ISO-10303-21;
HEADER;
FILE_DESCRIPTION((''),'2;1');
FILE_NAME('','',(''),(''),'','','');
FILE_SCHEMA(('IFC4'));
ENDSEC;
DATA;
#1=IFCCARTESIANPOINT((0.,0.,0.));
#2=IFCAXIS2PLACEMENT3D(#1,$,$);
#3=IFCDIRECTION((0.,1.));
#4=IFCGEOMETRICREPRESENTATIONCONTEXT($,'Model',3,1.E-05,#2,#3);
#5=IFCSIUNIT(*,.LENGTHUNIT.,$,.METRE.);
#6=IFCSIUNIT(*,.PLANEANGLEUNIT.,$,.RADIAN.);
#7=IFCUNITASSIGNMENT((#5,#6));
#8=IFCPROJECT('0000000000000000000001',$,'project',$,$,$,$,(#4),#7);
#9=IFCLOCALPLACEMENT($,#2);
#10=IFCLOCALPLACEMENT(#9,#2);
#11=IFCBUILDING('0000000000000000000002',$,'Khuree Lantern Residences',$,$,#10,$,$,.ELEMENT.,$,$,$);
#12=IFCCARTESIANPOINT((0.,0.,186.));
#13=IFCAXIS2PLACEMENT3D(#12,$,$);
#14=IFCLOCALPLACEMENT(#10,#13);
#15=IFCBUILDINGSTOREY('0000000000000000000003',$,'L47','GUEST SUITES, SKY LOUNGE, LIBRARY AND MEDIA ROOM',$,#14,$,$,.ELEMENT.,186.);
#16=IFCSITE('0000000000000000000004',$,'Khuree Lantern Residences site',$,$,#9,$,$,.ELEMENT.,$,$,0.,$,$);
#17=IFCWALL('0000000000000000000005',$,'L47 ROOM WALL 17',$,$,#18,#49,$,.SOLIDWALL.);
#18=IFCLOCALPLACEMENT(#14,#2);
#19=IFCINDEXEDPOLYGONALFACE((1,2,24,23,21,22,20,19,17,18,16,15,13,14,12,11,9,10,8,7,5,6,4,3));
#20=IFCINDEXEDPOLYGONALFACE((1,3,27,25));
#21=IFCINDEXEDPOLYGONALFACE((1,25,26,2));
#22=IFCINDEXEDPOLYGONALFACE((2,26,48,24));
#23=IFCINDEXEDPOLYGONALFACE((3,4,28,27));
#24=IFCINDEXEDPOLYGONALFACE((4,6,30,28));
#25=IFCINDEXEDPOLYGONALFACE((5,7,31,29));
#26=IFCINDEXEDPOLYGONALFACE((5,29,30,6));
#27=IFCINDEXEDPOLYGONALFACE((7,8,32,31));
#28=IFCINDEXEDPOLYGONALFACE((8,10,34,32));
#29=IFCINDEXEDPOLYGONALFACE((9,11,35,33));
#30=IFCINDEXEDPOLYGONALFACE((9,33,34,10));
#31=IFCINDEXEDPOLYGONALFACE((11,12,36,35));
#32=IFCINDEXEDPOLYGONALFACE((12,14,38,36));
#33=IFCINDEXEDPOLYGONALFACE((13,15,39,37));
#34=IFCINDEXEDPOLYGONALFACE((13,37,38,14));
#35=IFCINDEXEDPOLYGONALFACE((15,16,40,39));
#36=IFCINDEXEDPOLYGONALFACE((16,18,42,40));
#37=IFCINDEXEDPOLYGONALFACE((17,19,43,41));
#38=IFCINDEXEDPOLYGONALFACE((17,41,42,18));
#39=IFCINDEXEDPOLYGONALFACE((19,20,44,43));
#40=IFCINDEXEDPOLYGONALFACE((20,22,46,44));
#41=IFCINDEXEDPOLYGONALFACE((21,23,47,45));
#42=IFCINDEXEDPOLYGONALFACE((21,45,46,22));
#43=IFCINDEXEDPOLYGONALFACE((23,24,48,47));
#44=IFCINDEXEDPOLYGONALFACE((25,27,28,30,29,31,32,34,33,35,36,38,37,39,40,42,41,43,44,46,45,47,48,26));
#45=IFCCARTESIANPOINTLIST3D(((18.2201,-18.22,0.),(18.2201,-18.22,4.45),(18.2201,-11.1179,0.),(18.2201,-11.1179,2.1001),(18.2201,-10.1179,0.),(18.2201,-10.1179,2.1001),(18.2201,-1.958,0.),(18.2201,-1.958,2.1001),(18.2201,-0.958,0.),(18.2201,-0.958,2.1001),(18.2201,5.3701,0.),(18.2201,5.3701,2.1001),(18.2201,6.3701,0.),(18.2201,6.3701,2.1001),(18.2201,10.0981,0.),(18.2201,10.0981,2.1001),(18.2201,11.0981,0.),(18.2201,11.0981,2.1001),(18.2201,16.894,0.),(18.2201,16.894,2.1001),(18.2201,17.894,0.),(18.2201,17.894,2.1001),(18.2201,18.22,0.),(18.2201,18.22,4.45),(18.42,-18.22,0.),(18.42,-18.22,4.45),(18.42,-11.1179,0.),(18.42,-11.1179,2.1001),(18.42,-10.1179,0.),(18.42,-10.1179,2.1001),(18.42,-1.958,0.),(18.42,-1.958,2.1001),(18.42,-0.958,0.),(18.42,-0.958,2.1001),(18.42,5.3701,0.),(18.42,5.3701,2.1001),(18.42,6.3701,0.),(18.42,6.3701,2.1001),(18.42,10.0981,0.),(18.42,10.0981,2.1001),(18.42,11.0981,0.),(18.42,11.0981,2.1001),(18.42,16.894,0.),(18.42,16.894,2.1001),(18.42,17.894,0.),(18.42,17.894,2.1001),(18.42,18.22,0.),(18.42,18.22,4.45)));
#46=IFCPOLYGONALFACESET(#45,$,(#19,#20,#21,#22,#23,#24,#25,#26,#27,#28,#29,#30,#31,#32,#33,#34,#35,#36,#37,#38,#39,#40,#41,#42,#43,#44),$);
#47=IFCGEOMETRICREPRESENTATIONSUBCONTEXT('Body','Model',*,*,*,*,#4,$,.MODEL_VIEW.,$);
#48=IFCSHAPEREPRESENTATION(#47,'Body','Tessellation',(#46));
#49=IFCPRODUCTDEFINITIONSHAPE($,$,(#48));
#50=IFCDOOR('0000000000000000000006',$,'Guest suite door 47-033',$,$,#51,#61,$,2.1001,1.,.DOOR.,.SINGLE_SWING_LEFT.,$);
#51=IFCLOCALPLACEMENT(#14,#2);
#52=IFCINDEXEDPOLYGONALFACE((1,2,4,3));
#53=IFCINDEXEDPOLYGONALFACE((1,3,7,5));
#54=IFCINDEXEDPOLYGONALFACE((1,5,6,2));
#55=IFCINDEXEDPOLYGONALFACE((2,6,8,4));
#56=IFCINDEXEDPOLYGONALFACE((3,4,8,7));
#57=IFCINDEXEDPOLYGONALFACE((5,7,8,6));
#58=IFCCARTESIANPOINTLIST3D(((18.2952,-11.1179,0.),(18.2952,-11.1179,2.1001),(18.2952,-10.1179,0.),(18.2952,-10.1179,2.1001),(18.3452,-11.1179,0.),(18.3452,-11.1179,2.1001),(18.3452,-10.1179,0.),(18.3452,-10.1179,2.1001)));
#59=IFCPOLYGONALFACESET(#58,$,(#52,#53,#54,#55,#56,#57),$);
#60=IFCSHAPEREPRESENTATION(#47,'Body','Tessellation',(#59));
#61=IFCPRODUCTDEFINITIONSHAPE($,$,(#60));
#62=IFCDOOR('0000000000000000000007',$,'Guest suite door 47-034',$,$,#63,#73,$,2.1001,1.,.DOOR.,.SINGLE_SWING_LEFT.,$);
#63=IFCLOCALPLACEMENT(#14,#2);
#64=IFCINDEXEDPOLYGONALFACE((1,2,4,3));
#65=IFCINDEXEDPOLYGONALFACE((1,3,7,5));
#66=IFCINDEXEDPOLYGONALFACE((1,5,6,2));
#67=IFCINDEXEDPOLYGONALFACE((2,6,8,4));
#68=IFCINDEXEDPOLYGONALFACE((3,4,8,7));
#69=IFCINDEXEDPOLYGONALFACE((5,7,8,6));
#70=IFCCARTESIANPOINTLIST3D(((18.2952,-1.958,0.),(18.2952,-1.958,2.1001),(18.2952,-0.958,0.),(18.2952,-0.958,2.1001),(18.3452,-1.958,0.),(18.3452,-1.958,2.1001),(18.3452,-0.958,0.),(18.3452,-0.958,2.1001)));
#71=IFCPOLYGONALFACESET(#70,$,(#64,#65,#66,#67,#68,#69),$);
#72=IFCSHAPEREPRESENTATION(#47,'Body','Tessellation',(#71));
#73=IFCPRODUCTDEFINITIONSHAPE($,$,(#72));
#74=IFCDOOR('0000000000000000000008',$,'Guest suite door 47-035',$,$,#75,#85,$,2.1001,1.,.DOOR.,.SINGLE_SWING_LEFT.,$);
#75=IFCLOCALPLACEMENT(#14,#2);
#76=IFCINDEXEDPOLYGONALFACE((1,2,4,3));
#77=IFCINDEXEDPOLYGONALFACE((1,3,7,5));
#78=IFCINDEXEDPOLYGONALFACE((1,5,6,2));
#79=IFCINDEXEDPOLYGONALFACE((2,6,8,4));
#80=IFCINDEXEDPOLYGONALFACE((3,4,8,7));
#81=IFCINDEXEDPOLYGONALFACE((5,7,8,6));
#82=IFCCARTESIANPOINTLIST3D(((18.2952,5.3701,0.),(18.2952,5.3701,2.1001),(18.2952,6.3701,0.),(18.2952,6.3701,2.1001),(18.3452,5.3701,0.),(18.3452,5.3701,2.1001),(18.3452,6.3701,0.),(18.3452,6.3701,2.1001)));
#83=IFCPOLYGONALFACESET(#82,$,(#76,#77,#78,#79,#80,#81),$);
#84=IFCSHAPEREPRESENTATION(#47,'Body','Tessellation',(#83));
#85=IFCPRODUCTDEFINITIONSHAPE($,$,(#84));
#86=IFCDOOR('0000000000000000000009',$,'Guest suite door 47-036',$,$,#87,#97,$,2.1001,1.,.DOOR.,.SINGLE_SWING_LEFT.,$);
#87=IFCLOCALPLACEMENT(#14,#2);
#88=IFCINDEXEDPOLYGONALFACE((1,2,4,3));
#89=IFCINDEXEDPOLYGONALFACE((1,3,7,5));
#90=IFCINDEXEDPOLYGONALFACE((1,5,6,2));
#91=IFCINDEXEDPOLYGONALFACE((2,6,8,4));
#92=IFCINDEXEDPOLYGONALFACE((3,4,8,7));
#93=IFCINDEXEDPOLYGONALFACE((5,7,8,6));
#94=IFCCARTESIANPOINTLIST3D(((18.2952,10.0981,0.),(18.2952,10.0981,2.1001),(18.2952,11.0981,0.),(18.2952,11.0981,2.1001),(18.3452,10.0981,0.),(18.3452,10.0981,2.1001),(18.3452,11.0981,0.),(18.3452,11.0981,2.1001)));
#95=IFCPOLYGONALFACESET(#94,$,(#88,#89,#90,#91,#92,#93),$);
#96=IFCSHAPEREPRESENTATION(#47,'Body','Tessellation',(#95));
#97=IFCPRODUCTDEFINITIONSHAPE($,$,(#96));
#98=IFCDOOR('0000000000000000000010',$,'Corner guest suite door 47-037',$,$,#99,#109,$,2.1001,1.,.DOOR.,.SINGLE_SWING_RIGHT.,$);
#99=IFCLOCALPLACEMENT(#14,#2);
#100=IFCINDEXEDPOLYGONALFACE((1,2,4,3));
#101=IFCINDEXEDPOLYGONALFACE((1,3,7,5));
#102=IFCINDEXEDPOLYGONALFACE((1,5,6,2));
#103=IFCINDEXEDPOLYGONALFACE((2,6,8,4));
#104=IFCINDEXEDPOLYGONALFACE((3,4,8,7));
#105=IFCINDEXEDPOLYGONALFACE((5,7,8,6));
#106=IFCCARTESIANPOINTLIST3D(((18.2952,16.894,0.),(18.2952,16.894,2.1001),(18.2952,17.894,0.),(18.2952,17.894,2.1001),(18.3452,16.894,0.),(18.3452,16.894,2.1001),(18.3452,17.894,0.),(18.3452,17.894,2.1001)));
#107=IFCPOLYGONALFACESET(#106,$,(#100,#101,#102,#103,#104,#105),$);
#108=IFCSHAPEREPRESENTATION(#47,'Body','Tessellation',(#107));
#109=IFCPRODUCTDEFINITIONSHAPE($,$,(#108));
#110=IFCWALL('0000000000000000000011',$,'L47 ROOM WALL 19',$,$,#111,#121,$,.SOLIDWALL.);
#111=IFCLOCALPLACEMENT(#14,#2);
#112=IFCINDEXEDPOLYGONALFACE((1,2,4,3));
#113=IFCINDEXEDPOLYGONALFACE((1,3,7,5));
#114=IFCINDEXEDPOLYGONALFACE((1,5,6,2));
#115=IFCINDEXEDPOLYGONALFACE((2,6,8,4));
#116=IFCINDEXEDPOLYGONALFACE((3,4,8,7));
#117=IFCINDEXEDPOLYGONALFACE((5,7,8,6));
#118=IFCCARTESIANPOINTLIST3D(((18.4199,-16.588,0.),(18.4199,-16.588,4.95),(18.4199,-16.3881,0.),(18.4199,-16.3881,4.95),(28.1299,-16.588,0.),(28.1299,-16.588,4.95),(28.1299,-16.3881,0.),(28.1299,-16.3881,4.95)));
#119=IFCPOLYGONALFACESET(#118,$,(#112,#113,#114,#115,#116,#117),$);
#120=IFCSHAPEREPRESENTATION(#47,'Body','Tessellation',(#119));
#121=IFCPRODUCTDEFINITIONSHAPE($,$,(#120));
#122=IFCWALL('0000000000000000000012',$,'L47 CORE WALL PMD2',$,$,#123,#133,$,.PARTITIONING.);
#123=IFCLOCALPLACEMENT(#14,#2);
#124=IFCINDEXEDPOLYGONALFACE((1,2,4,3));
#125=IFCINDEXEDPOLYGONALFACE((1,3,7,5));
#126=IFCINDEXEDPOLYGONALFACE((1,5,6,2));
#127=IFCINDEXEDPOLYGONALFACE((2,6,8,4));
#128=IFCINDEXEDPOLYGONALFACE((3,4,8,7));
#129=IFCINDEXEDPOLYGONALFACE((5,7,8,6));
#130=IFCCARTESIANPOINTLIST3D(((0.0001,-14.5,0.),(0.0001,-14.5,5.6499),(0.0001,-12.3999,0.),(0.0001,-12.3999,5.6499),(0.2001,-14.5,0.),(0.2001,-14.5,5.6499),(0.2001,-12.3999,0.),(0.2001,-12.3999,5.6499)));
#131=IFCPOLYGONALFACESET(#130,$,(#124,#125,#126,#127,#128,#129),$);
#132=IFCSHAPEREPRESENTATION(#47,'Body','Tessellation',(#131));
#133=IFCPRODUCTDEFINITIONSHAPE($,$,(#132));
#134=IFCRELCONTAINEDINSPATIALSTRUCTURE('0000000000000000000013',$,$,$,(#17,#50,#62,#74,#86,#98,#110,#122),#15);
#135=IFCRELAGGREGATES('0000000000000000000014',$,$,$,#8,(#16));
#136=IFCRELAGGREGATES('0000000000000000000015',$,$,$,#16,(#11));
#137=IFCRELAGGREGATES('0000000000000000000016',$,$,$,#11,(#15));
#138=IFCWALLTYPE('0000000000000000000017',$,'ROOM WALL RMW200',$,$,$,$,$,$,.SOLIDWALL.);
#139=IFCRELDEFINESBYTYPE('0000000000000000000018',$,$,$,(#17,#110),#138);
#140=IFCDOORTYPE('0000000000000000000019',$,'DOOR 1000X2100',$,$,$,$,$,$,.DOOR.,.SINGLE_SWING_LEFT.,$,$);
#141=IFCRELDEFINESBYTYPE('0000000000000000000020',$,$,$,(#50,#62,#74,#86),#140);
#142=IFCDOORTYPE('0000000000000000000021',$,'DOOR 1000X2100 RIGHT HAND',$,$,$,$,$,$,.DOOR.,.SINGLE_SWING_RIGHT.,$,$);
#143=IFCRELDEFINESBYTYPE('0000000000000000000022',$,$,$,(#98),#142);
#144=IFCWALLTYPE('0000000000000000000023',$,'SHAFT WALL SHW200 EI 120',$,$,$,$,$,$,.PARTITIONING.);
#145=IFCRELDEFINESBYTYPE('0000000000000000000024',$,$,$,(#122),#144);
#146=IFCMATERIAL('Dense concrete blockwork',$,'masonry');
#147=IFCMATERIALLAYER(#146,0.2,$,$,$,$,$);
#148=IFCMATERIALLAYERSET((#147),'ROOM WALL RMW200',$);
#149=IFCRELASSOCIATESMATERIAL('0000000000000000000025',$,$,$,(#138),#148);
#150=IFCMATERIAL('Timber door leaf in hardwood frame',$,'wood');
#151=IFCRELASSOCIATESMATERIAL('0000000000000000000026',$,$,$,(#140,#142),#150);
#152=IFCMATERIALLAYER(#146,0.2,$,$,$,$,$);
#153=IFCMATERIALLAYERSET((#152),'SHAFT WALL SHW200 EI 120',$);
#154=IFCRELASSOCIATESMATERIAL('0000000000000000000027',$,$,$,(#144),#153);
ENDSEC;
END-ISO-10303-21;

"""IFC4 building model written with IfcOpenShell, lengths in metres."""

from ifc_helpers import new_model, si_unit, direction, frame, frame_2d, origin, place, context, subcontext, project, spatial, rectangle, extrude, material, layer, layer_set, type_object, element, fill, save


model = new_model("IFC4")

# Units and contexts
model_context = context("Model", 3, precision=1e-05, world=origin(), true_north=direction((0.0, 1.0)))
body_context = subcontext(model_context, "Body", "Model", "MODEL_VIEW")
ifc_project = project(units=[si_unit("LENGTHUNIT", "METRE"), si_unit("PLANEANGLEUNIT", "RADIAN")], contexts=[model_context])

# Site, building, storey
site_placement = place(None, origin())
site = spatial("IfcSite", under=ifc_project, at=site_placement, Name="Khuree Lantern Residences site", CompositionType="ELEMENT", RefElevation=0.0)
building_placement = place(site_placement, origin())
building = spatial("IfcBuilding", under=site, at=building_placement, Name="Khuree Lantern Residences", CompositionType="ELEMENT")
storey_placement = place(building_placement, frame((0.0, 0.0, 186.0)))
storey = spatial("IfcBuildingStorey", under=building, at=storey_placement, Name="L47", Description="GUEST SUITES, SKY LOUNGE, LIBRARY AND MEDIA ROOM", CompositionType="ELEMENT", Elevation=186.0)

# Shared definitions
ifc_material_1 = material(Name="Dense concrete blockwork", Category="masonry")
ifc_layer_1 = layer(ifc_material_1, 0.2)
ifc_layer_set_1 = layer_set([ifc_layer_1], Name="ROOM WALL RMW200")
wall_type_1 = type_object("IfcWallType", Name="ROOM WALL RMW200", PredefinedType="SOLIDWALL", material=ifc_layer_set_1)

# Shared definitions
ifc_material_2 = material(Name="Timber door leaf in hardwood frame", Category="wood")

# Wall, openings, doors
wall_1_placement = place(storey_placement, frame((18.3201, -18.22, 0.0), z_axis=(0.0, 0.0, 1.0), x_axis=(0.0, 1.0, 0.0)))
wall_1 = element("IfcWall", 1, at=wall_1_placement, inside=storey, type_object=wall_type_1, Name="L47 ROOM WALL 17", PredefinedType="SOLIDWALL", context=body_context, shape_type="SweptSolid", body=[
    extrude(rectangle(XDim=36.4399, YDim=0.2, at=frame_2d((18.22, 0.0))), origin(), (0.0, 0.0, 1.0), 4.45),
])
opening_1_placement = place(wall_1_placement, frame((7.1021, 0.0, 0.0)))
opening_1 = element("IfcOpeningElement", 2, at=opening_1_placement, cuts=wall_1, PredefinedType="OPENING", context=body_context, shape_type="SweptSolid", body=[
    extrude(rectangle(XDim=1.0, YDim=2.1001, at=frame_2d((0.5, 1.05))), frame((0.0, 0.1099, 0.0), z_axis=(0.0, -1.0, 0.0), x_axis=(1.0, 0.0, 0.0)), (0.0, 0.0, 1.0), 0.22),
])
opening_2_placement = place(wall_1_placement, frame((16.262, 0.0, 0.0)))
opening_2 = element("IfcOpeningElement", 3, at=opening_2_placement, cuts=wall_1, PredefinedType="OPENING", context=body_context, shape_type="SweptSolid", body=[
    extrude(rectangle(XDim=1.0, YDim=2.1001, at=frame_2d((0.5, 1.05))), frame((0.0, 0.1099, 0.0), z_axis=(0.0, -1.0, 0.0), x_axis=(1.0, 0.0, 0.0)), (0.0, 0.0, 1.0), 0.22),
])
opening_3_placement = place(wall_1_placement, frame((23.5901, 0.0, 0.0)))
opening_3 = element("IfcOpeningElement", 4, at=opening_3_placement, cuts=wall_1, PredefinedType="OPENING", context=body_context, shape_type="SweptSolid", body=[
    extrude(rectangle(XDim=1.0, YDim=2.1001, at=frame_2d((0.5, 1.05))), frame((0.0, 0.1099, 0.0), z_axis=(0.0, -1.0, 0.0), x_axis=(1.0, 0.0, 0.0)), (0.0, 0.0, 1.0), 0.22),
])
opening_4_placement = place(wall_1_placement, frame((28.3181, 0.0, 0.0)))
opening_4 = element("IfcOpeningElement", 5, at=opening_4_placement, cuts=wall_1, PredefinedType="OPENING", context=body_context, shape_type="SweptSolid", body=[
    extrude(rectangle(XDim=1.0, YDim=2.1001, at=frame_2d((0.5, 1.05))), frame((0.0, 0.1099, 0.0), z_axis=(0.0, -1.0, 0.0), x_axis=(1.0, 0.0, 0.0)), (0.0, 0.0, 1.0), 0.22),
])
opening_5_placement = place(wall_1_placement, frame((35.114, 0.0, 0.0)))
opening_5 = element("IfcOpeningElement", 6, at=opening_5_placement, cuts=wall_1, PredefinedType="OPENING", context=body_context, shape_type="SweptSolid", body=[
    extrude(rectangle(XDim=1.0, YDim=2.1001, at=frame_2d((0.5, 1.05))), frame((0.0, 0.1099, 0.0), z_axis=(0.0, -1.0, 0.0), x_axis=(1.0, 0.0, 0.0)), (0.0, 0.0, 1.0), 0.22),
])
door_type_1 = type_object("IfcDoorType", Name="DOOR 1000X2100", OperationType="SINGLE_SWING_LEFT", PredefinedType="DOOR", material=ifc_material_2)
door_1_placement = place(opening_1_placement, origin())
door_1 = element("IfcDoor", 7, at=door_1_placement, inside=storey, type_object=door_type_1, Name="Guest suite door 47-033", OperationType="SINGLE_SWING_LEFT", OverallHeight=2.1001, OverallWidth=1.0, PredefinedType="DOOR", context=body_context, shape_type="SweptSolid", body=[
    extrude(rectangle(XDim=1.0, YDim=2.1001, at=frame_2d((0.5, 1.05))), frame((0.0, 0.0249, 0.0), z_axis=(0.0, -1.0, 0.0), x_axis=(1.0, 0.0, 0.0)), (0.0, 0.0, 1.0), 0.05),
])
fill(opening_1, door_1)
door_2_placement = place(opening_2_placement, origin())
door_2 = element("IfcDoor", 8, at=door_2_placement, inside=storey, type_object=door_type_1, Name="Guest suite door 47-034", OperationType="SINGLE_SWING_LEFT", OverallHeight=2.1001, OverallWidth=1.0, PredefinedType="DOOR", context=body_context, shape_type="SweptSolid", body=[
    extrude(rectangle(XDim=1.0, YDim=2.1001, at=frame_2d((0.5, 1.05))), frame((0.0, 0.0249, 0.0), z_axis=(0.0, -1.0, 0.0), x_axis=(1.0, 0.0, 0.0)), (0.0, 0.0, 1.0), 0.05),
])
fill(opening_2, door_2)
door_3_placement = place(opening_3_placement, origin())
door_3 = element("IfcDoor", 9, at=door_3_placement, inside=storey, type_object=door_type_1, Name="Guest suite door 47-035", OperationType="SINGLE_SWING_LEFT", OverallHeight=2.1001, OverallWidth=1.0, PredefinedType="DOOR", context=body_context, shape_type="SweptSolid", body=[
    extrude(rectangle(XDim=1.0, YDim=2.1001, at=frame_2d((0.5, 1.05))), frame((0.0, 0.0249, 0.0), z_axis=(0.0, -1.0, 0.0), x_axis=(1.0, 0.0, 0.0)), (0.0, 0.0, 1.0), 0.05),
])
fill(opening_3, door_3)
door_4_placement = place(opening_4_placement, origin())
door_4 = element("IfcDoor", 10, at=door_4_placement, inside=storey, type_object=door_type_1, Name="Guest suite door 47-036", OperationType="SINGLE_SWING_LEFT", OverallHeight=2.1001, OverallWidth=1.0, PredefinedType="DOOR", context=body_context, shape_type="SweptSolid", body=[
    extrude(rectangle(XDim=1.0, YDim=2.1001, at=frame_2d((0.5, 1.05))), frame((0.0, 0.0249, 0.0), z_axis=(0.0, -1.0, 0.0), x_axis=(1.0, 0.0, 0.0)), (0.0, 0.0, 1.0), 0.05),
])
fill(opening_4, door_4)
door_type_2 = type_object("IfcDoorType", Name="DOOR 1000X2100 RIGHT HAND", OperationType="SINGLE_SWING_RIGHT", PredefinedType="DOOR", material=ifc_material_2)
door_5_placement = place(opening_5_placement, origin())
door_5 = element("IfcDoor", 11, at=door_5_placement, inside=storey, type_object=door_type_2, Name="Corner guest suite door 47-037", OperationType="SINGLE_SWING_RIGHT", OverallHeight=2.1001, OverallWidth=1.0, PredefinedType="DOOR", context=body_context, shape_type="SweptSolid", body=[
    extrude(rectangle(XDim=1.0, YDim=2.1001, at=frame_2d((0.5, 1.05))), frame((0.0, 0.0249, 0.0), z_axis=(0.0, -1.0, 0.0), x_axis=(1.0, 0.0, 0.0)), (0.0, 0.0, 1.0), 0.05),
])
fill(opening_5, door_5)

# Walls
wall_2_placement = place(storey_placement, frame((18.4199, -16.488, 0.0), z_axis=(0.0, 0.0, 1.0), x_axis=(1.0, 0.0, 0.0)))
element("IfcWall", 12, at=wall_2_placement, inside=storey, type_object=wall_type_1, Name="L47 ROOM WALL 19", PredefinedType="SOLIDWALL", context=body_context, shape_type="SweptSolid", body=[
    extrude(rectangle(XDim=9.71, YDim=0.2, at=frame_2d((4.855, 0.0))), origin(), (0.0, 0.0, 1.0), 4.95),
])
ifc_layer_2 = layer(ifc_material_1, 0.2)
ifc_layer_set_2 = layer_set([ifc_layer_2], Name="SHAFT WALL SHW200 EI 120")
wall_type_2 = type_object("IfcWallType", Name="SHAFT WALL SHW200 EI 120", PredefinedType="PARTITIONING", material=ifc_layer_set_2)
wall_3_placement = place(storey_placement, frame((0.1001, -14.5, 0.0), z_axis=(0.0, 0.0, 1.0), x_axis=(0.0, 1.0, 0.0)))
element("IfcWall", 13, at=wall_3_placement, inside=storey, type_object=wall_type_2, Name="L47 CORE WALL PMD2", PredefinedType="PARTITIONING", context=body_context, shape_type="SweptSolid", body=[
    extrude(rectangle(XDim=2.1001, YDim=0.2, at=frame_2d((1.05, 0.0))), origin(), (0.0, 0.0, 1.0), 5.6499),
])

save(model, "model.ifc")
